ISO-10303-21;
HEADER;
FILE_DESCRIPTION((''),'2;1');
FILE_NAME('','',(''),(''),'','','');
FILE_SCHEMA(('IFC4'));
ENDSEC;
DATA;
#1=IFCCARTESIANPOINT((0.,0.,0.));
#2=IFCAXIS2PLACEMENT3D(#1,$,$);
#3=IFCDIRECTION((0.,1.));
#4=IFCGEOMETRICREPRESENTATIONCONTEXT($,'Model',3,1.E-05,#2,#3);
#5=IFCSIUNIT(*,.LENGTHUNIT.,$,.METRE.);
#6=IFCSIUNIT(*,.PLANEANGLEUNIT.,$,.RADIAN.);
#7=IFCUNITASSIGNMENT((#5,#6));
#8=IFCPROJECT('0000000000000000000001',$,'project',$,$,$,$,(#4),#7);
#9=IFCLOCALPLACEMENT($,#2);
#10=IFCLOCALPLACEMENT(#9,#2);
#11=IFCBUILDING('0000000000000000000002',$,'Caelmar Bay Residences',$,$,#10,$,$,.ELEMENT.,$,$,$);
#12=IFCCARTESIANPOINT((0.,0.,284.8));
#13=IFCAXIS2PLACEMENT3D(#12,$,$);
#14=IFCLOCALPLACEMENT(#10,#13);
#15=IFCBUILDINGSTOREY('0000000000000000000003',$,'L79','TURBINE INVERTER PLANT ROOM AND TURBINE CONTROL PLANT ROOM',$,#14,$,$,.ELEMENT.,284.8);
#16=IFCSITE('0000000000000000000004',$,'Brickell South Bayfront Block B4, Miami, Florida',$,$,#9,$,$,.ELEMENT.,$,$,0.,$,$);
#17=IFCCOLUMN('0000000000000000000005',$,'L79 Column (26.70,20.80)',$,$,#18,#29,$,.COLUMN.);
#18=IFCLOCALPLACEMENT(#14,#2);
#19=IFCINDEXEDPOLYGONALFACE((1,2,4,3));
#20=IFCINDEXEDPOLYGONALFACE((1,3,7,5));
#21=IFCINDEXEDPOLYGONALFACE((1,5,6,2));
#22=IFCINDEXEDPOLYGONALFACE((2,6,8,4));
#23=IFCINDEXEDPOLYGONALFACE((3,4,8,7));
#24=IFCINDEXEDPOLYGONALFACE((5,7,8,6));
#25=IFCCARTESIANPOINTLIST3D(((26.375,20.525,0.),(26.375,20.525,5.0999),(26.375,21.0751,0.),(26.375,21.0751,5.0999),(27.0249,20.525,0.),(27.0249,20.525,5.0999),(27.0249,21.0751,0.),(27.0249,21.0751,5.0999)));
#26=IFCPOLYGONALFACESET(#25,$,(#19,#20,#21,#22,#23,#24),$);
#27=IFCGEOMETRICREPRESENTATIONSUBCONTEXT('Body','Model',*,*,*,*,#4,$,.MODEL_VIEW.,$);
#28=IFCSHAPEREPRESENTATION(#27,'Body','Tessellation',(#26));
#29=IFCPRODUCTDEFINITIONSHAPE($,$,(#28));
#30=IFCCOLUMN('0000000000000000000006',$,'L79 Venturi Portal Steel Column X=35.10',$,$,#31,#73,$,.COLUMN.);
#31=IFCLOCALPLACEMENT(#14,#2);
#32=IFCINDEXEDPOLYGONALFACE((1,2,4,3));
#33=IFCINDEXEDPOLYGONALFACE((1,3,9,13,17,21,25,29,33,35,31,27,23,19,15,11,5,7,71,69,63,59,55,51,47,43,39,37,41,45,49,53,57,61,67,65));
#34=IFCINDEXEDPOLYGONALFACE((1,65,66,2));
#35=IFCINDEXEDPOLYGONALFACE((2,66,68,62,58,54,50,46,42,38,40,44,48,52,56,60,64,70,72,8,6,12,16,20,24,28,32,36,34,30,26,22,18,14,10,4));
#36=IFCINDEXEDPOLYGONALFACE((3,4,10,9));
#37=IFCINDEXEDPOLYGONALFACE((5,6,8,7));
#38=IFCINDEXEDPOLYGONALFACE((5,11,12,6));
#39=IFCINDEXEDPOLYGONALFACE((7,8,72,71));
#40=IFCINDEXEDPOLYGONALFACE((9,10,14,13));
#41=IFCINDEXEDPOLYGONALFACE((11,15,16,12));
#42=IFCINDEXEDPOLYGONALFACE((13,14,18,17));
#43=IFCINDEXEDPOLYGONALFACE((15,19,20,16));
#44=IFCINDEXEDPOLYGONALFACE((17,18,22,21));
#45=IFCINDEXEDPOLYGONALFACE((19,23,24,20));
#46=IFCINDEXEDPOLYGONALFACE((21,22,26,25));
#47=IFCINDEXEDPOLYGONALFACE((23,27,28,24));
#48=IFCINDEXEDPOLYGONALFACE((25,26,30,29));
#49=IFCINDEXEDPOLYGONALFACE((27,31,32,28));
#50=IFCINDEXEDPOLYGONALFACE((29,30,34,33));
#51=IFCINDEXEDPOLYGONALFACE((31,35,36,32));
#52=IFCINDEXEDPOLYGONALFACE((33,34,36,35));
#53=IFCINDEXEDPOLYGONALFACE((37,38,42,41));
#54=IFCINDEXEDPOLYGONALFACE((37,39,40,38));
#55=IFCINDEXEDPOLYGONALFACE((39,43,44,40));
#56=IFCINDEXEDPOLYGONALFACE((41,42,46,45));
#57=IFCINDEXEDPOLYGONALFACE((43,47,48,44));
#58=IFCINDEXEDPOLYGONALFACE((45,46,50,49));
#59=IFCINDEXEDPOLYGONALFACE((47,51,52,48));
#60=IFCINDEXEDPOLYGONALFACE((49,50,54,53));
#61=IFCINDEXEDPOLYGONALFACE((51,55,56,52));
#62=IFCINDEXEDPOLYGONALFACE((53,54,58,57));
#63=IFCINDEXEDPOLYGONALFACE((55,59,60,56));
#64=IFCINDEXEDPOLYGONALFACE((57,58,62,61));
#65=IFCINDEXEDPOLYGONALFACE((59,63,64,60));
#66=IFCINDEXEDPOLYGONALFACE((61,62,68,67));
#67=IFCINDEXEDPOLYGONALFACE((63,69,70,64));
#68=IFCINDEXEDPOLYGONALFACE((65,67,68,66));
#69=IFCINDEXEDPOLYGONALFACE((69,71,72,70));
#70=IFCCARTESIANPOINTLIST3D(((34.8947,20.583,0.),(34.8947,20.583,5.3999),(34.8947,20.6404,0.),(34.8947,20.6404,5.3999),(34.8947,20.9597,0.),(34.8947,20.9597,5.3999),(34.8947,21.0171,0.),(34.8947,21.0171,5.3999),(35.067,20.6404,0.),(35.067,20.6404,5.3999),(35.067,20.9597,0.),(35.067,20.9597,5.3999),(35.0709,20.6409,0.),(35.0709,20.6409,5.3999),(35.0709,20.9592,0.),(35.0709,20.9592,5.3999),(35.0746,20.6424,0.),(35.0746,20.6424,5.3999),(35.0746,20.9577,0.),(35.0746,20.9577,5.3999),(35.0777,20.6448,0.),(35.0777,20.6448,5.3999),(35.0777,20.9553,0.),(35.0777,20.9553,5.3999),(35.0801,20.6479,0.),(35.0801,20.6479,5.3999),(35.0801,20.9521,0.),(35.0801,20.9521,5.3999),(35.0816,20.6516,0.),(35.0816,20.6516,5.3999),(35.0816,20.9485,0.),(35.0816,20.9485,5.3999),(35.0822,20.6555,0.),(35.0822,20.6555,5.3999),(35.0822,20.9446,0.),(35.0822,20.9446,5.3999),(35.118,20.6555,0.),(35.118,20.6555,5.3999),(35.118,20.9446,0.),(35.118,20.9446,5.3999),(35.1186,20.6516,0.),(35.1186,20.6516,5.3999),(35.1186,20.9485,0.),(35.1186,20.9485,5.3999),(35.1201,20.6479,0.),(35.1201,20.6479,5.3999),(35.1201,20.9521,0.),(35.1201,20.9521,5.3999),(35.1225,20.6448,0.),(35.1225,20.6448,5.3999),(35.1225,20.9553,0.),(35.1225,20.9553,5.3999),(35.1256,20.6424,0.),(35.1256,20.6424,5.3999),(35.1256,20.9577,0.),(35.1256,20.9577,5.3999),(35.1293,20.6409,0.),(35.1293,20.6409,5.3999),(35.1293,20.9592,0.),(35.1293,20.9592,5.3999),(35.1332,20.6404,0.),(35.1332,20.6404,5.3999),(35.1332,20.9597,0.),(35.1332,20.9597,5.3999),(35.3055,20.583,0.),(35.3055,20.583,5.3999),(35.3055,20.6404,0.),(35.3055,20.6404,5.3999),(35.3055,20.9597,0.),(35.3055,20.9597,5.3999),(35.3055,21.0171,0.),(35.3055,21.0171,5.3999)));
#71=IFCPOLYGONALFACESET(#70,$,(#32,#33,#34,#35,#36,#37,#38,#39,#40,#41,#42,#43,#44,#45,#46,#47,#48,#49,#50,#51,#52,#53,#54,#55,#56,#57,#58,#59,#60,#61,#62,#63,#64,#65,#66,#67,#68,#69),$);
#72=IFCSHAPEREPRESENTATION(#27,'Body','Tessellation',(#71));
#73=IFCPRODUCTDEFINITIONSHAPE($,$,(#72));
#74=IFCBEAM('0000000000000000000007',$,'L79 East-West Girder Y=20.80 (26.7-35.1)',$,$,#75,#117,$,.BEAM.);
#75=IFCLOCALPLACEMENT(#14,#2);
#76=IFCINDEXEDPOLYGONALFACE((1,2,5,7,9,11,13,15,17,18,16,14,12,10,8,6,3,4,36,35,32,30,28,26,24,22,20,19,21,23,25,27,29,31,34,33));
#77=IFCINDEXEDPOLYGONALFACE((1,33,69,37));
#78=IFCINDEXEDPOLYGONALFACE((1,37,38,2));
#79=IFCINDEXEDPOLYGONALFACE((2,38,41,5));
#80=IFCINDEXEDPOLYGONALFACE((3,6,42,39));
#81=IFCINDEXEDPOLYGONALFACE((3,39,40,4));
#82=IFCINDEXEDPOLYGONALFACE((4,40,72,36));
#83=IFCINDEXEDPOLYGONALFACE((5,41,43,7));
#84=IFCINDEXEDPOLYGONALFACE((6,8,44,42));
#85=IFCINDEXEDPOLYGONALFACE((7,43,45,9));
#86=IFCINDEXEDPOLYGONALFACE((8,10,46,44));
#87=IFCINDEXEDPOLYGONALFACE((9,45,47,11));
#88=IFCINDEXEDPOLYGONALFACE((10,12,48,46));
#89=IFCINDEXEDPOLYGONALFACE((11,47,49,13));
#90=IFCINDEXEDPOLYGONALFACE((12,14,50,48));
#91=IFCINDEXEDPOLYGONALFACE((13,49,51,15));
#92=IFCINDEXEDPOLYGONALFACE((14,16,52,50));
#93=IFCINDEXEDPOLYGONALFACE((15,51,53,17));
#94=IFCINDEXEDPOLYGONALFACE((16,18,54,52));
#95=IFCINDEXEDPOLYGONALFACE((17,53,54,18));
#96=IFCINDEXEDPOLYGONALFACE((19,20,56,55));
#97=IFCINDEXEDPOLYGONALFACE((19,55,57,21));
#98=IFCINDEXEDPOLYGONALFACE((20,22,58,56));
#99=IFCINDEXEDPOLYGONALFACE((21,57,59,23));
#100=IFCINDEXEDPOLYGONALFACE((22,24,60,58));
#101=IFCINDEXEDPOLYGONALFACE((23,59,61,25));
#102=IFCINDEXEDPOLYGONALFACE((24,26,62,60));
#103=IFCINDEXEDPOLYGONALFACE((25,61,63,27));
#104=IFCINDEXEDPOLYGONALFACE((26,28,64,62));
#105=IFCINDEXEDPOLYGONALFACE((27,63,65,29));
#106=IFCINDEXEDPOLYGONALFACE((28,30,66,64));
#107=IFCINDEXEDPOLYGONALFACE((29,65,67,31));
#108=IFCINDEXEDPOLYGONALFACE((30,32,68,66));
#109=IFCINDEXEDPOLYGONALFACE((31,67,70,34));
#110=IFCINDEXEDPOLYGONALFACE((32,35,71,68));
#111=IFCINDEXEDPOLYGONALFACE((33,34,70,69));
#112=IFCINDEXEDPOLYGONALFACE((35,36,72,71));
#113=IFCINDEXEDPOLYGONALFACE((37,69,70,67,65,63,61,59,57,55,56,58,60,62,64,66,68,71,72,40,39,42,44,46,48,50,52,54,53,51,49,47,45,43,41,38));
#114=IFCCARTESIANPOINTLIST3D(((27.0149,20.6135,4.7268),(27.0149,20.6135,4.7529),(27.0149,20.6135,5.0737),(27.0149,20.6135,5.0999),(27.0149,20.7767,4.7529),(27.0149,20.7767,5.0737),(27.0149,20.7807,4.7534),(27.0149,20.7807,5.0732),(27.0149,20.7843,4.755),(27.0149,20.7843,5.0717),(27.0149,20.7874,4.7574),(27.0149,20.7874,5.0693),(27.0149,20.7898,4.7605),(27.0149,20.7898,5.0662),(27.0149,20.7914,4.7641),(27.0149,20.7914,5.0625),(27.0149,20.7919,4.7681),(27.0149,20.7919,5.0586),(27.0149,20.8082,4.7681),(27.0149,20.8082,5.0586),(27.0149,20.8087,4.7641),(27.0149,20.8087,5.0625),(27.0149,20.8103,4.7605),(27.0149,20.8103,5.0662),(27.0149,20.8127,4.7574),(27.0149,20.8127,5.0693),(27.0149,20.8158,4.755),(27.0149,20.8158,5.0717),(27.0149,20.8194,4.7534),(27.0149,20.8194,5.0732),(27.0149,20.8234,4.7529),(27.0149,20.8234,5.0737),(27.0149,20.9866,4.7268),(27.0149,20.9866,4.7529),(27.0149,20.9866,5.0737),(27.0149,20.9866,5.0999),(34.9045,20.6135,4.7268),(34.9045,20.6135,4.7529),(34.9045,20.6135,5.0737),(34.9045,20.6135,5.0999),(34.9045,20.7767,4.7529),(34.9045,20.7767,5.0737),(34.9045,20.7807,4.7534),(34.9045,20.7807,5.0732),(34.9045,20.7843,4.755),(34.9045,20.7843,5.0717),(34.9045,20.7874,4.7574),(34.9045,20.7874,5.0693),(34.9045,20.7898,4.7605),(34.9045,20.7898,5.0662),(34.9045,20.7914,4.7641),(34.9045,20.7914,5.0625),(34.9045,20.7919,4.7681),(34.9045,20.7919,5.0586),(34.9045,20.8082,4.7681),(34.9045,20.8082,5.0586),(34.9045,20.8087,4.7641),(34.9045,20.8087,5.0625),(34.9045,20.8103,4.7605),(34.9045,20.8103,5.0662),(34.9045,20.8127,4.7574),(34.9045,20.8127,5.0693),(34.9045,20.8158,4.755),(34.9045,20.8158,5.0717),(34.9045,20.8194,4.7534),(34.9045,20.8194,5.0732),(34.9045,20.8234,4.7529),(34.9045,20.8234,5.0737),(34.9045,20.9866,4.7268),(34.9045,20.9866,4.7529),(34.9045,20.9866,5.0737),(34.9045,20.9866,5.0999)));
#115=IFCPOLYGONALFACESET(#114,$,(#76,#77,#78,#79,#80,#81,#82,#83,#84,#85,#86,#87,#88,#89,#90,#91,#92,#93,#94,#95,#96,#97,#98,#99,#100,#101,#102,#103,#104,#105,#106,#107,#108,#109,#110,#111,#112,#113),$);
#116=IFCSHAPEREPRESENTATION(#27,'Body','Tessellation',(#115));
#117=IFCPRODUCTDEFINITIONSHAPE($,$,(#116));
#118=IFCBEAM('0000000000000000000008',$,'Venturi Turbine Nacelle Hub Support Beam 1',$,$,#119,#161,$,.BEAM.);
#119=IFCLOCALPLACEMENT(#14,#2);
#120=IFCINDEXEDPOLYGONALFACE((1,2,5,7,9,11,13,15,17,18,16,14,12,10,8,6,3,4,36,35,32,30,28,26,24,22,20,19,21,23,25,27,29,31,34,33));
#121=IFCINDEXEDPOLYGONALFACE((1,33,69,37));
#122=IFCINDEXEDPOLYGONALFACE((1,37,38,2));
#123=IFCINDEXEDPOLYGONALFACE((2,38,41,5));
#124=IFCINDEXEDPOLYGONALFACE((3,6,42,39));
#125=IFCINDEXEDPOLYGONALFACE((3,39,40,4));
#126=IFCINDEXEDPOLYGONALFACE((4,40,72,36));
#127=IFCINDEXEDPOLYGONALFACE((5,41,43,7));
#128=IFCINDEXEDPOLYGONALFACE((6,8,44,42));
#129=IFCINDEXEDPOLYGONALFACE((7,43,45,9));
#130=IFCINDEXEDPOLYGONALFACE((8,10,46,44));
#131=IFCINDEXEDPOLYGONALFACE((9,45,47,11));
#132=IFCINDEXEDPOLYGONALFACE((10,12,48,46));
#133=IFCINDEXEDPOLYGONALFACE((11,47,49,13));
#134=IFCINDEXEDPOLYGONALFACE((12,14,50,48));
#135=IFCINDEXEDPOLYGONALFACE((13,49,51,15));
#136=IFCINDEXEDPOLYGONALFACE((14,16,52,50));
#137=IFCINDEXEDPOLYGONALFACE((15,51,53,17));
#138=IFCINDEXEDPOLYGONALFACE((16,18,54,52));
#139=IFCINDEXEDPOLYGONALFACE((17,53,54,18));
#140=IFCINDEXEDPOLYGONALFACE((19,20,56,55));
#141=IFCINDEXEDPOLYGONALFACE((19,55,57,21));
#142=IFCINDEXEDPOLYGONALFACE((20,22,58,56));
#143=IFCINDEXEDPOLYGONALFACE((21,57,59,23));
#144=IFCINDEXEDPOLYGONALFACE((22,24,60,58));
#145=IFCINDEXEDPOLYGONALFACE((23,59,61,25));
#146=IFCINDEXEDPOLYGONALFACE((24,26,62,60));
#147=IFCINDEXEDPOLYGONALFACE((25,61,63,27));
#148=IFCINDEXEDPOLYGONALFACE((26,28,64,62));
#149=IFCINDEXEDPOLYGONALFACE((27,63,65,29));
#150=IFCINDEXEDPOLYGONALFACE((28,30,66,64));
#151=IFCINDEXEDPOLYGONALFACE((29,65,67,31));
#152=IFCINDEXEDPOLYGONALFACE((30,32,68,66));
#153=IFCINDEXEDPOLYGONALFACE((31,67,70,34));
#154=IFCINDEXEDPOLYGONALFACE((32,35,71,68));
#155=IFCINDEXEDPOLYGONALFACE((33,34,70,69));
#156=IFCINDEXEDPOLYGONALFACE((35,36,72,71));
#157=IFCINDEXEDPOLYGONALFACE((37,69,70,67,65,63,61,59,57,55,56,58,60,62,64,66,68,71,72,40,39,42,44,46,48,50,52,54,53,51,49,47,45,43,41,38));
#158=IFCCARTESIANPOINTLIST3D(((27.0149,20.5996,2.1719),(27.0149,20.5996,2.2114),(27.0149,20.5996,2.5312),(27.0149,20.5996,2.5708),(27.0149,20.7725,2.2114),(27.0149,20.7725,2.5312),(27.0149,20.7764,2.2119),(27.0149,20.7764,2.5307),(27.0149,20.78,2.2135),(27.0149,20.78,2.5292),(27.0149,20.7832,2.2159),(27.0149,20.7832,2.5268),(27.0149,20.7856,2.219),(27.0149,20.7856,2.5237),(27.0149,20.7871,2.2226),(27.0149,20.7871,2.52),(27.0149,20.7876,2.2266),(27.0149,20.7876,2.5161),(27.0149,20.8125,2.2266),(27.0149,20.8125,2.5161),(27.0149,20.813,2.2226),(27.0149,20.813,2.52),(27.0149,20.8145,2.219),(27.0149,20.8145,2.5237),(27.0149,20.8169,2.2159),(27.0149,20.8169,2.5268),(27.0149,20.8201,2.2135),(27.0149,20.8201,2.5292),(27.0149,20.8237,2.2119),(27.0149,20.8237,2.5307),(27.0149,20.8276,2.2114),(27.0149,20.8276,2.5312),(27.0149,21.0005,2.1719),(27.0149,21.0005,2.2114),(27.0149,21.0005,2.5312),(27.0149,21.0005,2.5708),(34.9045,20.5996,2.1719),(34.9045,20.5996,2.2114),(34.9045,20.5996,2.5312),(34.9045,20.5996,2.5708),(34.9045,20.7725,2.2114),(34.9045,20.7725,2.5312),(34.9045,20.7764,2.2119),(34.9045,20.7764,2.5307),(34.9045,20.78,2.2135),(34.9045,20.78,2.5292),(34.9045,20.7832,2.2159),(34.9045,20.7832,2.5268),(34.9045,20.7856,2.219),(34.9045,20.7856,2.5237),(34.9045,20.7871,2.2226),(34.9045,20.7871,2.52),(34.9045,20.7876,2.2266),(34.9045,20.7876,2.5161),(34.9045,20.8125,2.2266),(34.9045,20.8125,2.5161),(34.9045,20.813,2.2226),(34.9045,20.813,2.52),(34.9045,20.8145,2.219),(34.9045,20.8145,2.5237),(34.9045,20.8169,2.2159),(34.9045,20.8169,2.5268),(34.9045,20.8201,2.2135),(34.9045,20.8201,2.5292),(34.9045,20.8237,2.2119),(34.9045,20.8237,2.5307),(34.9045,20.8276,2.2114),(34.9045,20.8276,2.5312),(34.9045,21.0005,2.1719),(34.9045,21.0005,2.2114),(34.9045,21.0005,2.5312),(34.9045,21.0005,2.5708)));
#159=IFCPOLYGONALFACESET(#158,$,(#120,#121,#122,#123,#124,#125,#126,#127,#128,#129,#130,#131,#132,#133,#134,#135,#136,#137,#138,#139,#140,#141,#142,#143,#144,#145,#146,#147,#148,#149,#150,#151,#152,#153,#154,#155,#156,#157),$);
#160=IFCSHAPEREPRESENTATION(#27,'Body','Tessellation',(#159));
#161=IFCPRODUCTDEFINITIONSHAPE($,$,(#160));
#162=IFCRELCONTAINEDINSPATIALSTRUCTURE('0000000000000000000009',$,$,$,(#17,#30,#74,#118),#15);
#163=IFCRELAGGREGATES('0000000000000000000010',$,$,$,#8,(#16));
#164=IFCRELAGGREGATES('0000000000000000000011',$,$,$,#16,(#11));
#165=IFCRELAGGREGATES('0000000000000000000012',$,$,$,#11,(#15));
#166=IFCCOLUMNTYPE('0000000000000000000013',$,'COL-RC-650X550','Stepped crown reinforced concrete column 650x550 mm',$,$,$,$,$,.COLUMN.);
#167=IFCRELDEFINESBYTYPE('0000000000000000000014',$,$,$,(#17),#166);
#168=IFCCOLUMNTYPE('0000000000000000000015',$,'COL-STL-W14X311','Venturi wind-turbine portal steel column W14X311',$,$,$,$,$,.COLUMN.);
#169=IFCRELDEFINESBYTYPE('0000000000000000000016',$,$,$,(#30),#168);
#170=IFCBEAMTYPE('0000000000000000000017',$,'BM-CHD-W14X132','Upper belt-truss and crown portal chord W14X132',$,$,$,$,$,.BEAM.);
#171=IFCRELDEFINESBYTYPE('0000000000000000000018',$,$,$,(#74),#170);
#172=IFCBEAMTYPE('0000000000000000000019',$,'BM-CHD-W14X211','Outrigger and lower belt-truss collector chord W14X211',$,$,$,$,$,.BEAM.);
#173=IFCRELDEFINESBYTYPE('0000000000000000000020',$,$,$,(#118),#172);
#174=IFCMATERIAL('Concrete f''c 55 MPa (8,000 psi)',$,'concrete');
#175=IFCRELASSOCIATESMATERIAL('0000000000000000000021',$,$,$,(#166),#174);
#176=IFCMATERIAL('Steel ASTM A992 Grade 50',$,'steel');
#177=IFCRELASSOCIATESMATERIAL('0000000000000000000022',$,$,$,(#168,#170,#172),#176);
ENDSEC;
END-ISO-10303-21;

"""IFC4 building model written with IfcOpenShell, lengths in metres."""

from ifc_helpers import new_model, si_unit, direction, frame, origin, origin_2d, place, context, subcontext, project, spatial, rectangle, i_section, extrude, material, material_profile, profile_set, type_object, element, save


model = new_model("IFC4")

# Units and contexts
model_context = context("Model", 3, precision=1e-05, world=origin(), true_north=direction((0.0, 1.0)))
body_context = subcontext(model_context, "Body", "Model", "MODEL_VIEW")
ifc_project = project(units=[si_unit("LENGTHUNIT", "METRE"), si_unit("PLANEANGLEUNIT", "RADIAN")], contexts=[model_context])

# Site, building, storey
site_placement = place(None, origin())
site = spatial("IfcSite", under=ifc_project, at=site_placement, Name="Brickell South Bayfront Block B4, Miami, Florida", CompositionType="ELEMENT", RefElevation=0.0)
building_placement = place(site_placement, origin())
building = spatial("IfcBuilding", under=site, at=building_placement, Name="Caelmar Bay Residences", CompositionType="ELEMENT")
storey_placement = place(building_placement, frame((0.0, 0.0, 284.8)))
storey = spatial("IfcBuildingStorey", under=building, at=storey_placement, Name="L79", Description="TURBINE INVERTER PLANT ROOM AND TURBINE CONTROL PLANT ROOM", CompositionType="ELEMENT", Elevation=284.8)

# Columns
ifc_material_1 = material(Name="Concrete f'c 55 MPa (8,000 psi)", Category="concrete")
ifc_material_profile_1 = material_profile(ifc_material_1, rectangle(XDim=0.6499, YDim=0.55, at=origin_2d()), Name="RC-COL-650X550")
ifc_profile_set_1 = profile_set([ifc_material_profile_1], Name="Concrete f'c 55 MPa (8,000 psi)")
column_type_1 = type_object("IfcColumnType", Name="COL-RC-650X550", Description="Stepped crown reinforced concrete column 650x550 mm", PredefinedType="COLUMN", material=ifc_profile_set_1)
column_1_placement = place(storey_placement, frame((26.7, 20.8, 0.0), z_axis=(0.0, 0.0, 1.0), x_axis=(1.0, 0.0, 0.0)))
element("IfcColumn", 1, at=column_1_placement, inside=storey, type_object=column_type_1, Name="L79 Column (26.70,20.80)", PredefinedType="COLUMN", context=body_context, shape_type="SweptSolid", body=[
    extrude(rectangle(XDim=0.6499, YDim=0.55, at=origin_2d()), origin(), (0.0, 0.0, 1.0), 5.0999),
])
ifc_material_2 = material(Name="Steel ASTM A992 Grade 50", Category="steel")
ifc_material_profile_2 = material_profile(ifc_material_2, i_section(OverallWidth=0.4109, OverallDepth=0.4341, WebThickness=0.0359, FlangeThickness=0.0574, FilletRadius=0.0151, at=origin_2d()), Name="W14X311")
ifc_profile_set_2 = profile_set([ifc_material_profile_2], Name="Steel ASTM A992 Grade 50")
column_type_2 = type_object("IfcColumnType", Name="COL-STL-W14X311", Description="Venturi wind-turbine portal steel column W14X311", PredefinedType="COLUMN", material=ifc_profile_set_2)
column_2_placement = place(storey_placement, frame((35.1001, 20.8, 0.0), z_axis=(0.0, 0.0, 1.0), x_axis=(1.0, 0.0, 0.0)))
element("IfcColumn", 2, at=column_2_placement, inside=storey, type_object=column_type_2, Name="L79 Venturi Portal Steel Column X=35.10", PredefinedType="COLUMN", context=body_context, shape_type="SweptSolid", body=[
    extrude(i_section(OverallWidth=0.4109, OverallDepth=0.4341, WebThickness=0.0359, FlangeThickness=0.0574, FilletRadius=0.0151, at=origin_2d()), origin(), (0.0, 0.0, 1.0), 5.3999),
])

# Beams
ifc_material_profile_3 = material_profile(ifc_material_2, i_section(OverallWidth=0.373, OverallDepth=0.373, WebThickness=0.0164, FlangeThickness=0.0261, FilletRadius=0.0151, at=origin_2d()), Name="W14X132")
ifc_profile_set_3 = profile_set([ifc_material_profile_3], Name="Steel ASTM A992 Grade 50")
beam_type_1 = type_object("IfcBeamType", Name="BM-CHD-W14X132", Description="Upper belt-truss and crown portal chord W14X132", PredefinedType="BEAM", material=ifc_profile_set_3)
beam_1_placement = place(storey_placement, frame((27.0149, 20.8, 4.9133), z_axis=(1.0, 0.0, 0.0), x_axis=(0.0, 1.0, 0.0)))
element("IfcBeam", 3, at=beam_1_placement, inside=storey, type_object=beam_type_1, Name="L79 East-West Girder Y=20.80 (26.7-35.1)", PredefinedType="BEAM", context=body_context, shape_type="SweptSolid", body=[
    extrude(i_section(OverallWidth=0.373, OverallDepth=0.373, WebThickness=0.0164, FlangeThickness=0.0261, FilletRadius=0.0151, at=origin_2d()), origin(), (0.0, 0.0, 1.0), 7.8896),
])
ifc_material_profile_4 = material_profile(ifc_material_2, i_section(OverallWidth=0.4009, OverallDepth=0.3989, WebThickness=0.0249, FlangeThickness=0.0396, FilletRadius=0.0151, at=origin_2d()), Name="W14X211")
ifc_profile_set_4 = profile_set([ifc_material_profile_4], Name="Steel ASTM A992 Grade 50")
beam_type_2 = type_object("IfcBeamType", Name="BM-CHD-W14X211", Description="Outrigger and lower belt-truss collector chord W14X211", PredefinedType="BEAM", material=ifc_profile_set_4)
beam_2_placement = place(storey_placement, frame((27.0149, 20.8, 2.3713), z_axis=(1.0, 0.0, 0.0), x_axis=(0.0, 1.0, 0.0)))
element("IfcBeam", 4, at=beam_2_placement, inside=storey, type_object=beam_type_2, Name="Venturi Turbine Nacelle Hub Support Beam 1", PredefinedType="BEAM", context=body_context, shape_type="SweptSolid", body=[
    extrude(i_section(OverallWidth=0.4009, OverallDepth=0.3989, WebThickness=0.0249, FlangeThickness=0.0396, FilletRadius=0.0151, at=origin_2d()), origin(), (0.0, 0.0, 1.0), 7.8896),
])

save(model, "model.ifc")
